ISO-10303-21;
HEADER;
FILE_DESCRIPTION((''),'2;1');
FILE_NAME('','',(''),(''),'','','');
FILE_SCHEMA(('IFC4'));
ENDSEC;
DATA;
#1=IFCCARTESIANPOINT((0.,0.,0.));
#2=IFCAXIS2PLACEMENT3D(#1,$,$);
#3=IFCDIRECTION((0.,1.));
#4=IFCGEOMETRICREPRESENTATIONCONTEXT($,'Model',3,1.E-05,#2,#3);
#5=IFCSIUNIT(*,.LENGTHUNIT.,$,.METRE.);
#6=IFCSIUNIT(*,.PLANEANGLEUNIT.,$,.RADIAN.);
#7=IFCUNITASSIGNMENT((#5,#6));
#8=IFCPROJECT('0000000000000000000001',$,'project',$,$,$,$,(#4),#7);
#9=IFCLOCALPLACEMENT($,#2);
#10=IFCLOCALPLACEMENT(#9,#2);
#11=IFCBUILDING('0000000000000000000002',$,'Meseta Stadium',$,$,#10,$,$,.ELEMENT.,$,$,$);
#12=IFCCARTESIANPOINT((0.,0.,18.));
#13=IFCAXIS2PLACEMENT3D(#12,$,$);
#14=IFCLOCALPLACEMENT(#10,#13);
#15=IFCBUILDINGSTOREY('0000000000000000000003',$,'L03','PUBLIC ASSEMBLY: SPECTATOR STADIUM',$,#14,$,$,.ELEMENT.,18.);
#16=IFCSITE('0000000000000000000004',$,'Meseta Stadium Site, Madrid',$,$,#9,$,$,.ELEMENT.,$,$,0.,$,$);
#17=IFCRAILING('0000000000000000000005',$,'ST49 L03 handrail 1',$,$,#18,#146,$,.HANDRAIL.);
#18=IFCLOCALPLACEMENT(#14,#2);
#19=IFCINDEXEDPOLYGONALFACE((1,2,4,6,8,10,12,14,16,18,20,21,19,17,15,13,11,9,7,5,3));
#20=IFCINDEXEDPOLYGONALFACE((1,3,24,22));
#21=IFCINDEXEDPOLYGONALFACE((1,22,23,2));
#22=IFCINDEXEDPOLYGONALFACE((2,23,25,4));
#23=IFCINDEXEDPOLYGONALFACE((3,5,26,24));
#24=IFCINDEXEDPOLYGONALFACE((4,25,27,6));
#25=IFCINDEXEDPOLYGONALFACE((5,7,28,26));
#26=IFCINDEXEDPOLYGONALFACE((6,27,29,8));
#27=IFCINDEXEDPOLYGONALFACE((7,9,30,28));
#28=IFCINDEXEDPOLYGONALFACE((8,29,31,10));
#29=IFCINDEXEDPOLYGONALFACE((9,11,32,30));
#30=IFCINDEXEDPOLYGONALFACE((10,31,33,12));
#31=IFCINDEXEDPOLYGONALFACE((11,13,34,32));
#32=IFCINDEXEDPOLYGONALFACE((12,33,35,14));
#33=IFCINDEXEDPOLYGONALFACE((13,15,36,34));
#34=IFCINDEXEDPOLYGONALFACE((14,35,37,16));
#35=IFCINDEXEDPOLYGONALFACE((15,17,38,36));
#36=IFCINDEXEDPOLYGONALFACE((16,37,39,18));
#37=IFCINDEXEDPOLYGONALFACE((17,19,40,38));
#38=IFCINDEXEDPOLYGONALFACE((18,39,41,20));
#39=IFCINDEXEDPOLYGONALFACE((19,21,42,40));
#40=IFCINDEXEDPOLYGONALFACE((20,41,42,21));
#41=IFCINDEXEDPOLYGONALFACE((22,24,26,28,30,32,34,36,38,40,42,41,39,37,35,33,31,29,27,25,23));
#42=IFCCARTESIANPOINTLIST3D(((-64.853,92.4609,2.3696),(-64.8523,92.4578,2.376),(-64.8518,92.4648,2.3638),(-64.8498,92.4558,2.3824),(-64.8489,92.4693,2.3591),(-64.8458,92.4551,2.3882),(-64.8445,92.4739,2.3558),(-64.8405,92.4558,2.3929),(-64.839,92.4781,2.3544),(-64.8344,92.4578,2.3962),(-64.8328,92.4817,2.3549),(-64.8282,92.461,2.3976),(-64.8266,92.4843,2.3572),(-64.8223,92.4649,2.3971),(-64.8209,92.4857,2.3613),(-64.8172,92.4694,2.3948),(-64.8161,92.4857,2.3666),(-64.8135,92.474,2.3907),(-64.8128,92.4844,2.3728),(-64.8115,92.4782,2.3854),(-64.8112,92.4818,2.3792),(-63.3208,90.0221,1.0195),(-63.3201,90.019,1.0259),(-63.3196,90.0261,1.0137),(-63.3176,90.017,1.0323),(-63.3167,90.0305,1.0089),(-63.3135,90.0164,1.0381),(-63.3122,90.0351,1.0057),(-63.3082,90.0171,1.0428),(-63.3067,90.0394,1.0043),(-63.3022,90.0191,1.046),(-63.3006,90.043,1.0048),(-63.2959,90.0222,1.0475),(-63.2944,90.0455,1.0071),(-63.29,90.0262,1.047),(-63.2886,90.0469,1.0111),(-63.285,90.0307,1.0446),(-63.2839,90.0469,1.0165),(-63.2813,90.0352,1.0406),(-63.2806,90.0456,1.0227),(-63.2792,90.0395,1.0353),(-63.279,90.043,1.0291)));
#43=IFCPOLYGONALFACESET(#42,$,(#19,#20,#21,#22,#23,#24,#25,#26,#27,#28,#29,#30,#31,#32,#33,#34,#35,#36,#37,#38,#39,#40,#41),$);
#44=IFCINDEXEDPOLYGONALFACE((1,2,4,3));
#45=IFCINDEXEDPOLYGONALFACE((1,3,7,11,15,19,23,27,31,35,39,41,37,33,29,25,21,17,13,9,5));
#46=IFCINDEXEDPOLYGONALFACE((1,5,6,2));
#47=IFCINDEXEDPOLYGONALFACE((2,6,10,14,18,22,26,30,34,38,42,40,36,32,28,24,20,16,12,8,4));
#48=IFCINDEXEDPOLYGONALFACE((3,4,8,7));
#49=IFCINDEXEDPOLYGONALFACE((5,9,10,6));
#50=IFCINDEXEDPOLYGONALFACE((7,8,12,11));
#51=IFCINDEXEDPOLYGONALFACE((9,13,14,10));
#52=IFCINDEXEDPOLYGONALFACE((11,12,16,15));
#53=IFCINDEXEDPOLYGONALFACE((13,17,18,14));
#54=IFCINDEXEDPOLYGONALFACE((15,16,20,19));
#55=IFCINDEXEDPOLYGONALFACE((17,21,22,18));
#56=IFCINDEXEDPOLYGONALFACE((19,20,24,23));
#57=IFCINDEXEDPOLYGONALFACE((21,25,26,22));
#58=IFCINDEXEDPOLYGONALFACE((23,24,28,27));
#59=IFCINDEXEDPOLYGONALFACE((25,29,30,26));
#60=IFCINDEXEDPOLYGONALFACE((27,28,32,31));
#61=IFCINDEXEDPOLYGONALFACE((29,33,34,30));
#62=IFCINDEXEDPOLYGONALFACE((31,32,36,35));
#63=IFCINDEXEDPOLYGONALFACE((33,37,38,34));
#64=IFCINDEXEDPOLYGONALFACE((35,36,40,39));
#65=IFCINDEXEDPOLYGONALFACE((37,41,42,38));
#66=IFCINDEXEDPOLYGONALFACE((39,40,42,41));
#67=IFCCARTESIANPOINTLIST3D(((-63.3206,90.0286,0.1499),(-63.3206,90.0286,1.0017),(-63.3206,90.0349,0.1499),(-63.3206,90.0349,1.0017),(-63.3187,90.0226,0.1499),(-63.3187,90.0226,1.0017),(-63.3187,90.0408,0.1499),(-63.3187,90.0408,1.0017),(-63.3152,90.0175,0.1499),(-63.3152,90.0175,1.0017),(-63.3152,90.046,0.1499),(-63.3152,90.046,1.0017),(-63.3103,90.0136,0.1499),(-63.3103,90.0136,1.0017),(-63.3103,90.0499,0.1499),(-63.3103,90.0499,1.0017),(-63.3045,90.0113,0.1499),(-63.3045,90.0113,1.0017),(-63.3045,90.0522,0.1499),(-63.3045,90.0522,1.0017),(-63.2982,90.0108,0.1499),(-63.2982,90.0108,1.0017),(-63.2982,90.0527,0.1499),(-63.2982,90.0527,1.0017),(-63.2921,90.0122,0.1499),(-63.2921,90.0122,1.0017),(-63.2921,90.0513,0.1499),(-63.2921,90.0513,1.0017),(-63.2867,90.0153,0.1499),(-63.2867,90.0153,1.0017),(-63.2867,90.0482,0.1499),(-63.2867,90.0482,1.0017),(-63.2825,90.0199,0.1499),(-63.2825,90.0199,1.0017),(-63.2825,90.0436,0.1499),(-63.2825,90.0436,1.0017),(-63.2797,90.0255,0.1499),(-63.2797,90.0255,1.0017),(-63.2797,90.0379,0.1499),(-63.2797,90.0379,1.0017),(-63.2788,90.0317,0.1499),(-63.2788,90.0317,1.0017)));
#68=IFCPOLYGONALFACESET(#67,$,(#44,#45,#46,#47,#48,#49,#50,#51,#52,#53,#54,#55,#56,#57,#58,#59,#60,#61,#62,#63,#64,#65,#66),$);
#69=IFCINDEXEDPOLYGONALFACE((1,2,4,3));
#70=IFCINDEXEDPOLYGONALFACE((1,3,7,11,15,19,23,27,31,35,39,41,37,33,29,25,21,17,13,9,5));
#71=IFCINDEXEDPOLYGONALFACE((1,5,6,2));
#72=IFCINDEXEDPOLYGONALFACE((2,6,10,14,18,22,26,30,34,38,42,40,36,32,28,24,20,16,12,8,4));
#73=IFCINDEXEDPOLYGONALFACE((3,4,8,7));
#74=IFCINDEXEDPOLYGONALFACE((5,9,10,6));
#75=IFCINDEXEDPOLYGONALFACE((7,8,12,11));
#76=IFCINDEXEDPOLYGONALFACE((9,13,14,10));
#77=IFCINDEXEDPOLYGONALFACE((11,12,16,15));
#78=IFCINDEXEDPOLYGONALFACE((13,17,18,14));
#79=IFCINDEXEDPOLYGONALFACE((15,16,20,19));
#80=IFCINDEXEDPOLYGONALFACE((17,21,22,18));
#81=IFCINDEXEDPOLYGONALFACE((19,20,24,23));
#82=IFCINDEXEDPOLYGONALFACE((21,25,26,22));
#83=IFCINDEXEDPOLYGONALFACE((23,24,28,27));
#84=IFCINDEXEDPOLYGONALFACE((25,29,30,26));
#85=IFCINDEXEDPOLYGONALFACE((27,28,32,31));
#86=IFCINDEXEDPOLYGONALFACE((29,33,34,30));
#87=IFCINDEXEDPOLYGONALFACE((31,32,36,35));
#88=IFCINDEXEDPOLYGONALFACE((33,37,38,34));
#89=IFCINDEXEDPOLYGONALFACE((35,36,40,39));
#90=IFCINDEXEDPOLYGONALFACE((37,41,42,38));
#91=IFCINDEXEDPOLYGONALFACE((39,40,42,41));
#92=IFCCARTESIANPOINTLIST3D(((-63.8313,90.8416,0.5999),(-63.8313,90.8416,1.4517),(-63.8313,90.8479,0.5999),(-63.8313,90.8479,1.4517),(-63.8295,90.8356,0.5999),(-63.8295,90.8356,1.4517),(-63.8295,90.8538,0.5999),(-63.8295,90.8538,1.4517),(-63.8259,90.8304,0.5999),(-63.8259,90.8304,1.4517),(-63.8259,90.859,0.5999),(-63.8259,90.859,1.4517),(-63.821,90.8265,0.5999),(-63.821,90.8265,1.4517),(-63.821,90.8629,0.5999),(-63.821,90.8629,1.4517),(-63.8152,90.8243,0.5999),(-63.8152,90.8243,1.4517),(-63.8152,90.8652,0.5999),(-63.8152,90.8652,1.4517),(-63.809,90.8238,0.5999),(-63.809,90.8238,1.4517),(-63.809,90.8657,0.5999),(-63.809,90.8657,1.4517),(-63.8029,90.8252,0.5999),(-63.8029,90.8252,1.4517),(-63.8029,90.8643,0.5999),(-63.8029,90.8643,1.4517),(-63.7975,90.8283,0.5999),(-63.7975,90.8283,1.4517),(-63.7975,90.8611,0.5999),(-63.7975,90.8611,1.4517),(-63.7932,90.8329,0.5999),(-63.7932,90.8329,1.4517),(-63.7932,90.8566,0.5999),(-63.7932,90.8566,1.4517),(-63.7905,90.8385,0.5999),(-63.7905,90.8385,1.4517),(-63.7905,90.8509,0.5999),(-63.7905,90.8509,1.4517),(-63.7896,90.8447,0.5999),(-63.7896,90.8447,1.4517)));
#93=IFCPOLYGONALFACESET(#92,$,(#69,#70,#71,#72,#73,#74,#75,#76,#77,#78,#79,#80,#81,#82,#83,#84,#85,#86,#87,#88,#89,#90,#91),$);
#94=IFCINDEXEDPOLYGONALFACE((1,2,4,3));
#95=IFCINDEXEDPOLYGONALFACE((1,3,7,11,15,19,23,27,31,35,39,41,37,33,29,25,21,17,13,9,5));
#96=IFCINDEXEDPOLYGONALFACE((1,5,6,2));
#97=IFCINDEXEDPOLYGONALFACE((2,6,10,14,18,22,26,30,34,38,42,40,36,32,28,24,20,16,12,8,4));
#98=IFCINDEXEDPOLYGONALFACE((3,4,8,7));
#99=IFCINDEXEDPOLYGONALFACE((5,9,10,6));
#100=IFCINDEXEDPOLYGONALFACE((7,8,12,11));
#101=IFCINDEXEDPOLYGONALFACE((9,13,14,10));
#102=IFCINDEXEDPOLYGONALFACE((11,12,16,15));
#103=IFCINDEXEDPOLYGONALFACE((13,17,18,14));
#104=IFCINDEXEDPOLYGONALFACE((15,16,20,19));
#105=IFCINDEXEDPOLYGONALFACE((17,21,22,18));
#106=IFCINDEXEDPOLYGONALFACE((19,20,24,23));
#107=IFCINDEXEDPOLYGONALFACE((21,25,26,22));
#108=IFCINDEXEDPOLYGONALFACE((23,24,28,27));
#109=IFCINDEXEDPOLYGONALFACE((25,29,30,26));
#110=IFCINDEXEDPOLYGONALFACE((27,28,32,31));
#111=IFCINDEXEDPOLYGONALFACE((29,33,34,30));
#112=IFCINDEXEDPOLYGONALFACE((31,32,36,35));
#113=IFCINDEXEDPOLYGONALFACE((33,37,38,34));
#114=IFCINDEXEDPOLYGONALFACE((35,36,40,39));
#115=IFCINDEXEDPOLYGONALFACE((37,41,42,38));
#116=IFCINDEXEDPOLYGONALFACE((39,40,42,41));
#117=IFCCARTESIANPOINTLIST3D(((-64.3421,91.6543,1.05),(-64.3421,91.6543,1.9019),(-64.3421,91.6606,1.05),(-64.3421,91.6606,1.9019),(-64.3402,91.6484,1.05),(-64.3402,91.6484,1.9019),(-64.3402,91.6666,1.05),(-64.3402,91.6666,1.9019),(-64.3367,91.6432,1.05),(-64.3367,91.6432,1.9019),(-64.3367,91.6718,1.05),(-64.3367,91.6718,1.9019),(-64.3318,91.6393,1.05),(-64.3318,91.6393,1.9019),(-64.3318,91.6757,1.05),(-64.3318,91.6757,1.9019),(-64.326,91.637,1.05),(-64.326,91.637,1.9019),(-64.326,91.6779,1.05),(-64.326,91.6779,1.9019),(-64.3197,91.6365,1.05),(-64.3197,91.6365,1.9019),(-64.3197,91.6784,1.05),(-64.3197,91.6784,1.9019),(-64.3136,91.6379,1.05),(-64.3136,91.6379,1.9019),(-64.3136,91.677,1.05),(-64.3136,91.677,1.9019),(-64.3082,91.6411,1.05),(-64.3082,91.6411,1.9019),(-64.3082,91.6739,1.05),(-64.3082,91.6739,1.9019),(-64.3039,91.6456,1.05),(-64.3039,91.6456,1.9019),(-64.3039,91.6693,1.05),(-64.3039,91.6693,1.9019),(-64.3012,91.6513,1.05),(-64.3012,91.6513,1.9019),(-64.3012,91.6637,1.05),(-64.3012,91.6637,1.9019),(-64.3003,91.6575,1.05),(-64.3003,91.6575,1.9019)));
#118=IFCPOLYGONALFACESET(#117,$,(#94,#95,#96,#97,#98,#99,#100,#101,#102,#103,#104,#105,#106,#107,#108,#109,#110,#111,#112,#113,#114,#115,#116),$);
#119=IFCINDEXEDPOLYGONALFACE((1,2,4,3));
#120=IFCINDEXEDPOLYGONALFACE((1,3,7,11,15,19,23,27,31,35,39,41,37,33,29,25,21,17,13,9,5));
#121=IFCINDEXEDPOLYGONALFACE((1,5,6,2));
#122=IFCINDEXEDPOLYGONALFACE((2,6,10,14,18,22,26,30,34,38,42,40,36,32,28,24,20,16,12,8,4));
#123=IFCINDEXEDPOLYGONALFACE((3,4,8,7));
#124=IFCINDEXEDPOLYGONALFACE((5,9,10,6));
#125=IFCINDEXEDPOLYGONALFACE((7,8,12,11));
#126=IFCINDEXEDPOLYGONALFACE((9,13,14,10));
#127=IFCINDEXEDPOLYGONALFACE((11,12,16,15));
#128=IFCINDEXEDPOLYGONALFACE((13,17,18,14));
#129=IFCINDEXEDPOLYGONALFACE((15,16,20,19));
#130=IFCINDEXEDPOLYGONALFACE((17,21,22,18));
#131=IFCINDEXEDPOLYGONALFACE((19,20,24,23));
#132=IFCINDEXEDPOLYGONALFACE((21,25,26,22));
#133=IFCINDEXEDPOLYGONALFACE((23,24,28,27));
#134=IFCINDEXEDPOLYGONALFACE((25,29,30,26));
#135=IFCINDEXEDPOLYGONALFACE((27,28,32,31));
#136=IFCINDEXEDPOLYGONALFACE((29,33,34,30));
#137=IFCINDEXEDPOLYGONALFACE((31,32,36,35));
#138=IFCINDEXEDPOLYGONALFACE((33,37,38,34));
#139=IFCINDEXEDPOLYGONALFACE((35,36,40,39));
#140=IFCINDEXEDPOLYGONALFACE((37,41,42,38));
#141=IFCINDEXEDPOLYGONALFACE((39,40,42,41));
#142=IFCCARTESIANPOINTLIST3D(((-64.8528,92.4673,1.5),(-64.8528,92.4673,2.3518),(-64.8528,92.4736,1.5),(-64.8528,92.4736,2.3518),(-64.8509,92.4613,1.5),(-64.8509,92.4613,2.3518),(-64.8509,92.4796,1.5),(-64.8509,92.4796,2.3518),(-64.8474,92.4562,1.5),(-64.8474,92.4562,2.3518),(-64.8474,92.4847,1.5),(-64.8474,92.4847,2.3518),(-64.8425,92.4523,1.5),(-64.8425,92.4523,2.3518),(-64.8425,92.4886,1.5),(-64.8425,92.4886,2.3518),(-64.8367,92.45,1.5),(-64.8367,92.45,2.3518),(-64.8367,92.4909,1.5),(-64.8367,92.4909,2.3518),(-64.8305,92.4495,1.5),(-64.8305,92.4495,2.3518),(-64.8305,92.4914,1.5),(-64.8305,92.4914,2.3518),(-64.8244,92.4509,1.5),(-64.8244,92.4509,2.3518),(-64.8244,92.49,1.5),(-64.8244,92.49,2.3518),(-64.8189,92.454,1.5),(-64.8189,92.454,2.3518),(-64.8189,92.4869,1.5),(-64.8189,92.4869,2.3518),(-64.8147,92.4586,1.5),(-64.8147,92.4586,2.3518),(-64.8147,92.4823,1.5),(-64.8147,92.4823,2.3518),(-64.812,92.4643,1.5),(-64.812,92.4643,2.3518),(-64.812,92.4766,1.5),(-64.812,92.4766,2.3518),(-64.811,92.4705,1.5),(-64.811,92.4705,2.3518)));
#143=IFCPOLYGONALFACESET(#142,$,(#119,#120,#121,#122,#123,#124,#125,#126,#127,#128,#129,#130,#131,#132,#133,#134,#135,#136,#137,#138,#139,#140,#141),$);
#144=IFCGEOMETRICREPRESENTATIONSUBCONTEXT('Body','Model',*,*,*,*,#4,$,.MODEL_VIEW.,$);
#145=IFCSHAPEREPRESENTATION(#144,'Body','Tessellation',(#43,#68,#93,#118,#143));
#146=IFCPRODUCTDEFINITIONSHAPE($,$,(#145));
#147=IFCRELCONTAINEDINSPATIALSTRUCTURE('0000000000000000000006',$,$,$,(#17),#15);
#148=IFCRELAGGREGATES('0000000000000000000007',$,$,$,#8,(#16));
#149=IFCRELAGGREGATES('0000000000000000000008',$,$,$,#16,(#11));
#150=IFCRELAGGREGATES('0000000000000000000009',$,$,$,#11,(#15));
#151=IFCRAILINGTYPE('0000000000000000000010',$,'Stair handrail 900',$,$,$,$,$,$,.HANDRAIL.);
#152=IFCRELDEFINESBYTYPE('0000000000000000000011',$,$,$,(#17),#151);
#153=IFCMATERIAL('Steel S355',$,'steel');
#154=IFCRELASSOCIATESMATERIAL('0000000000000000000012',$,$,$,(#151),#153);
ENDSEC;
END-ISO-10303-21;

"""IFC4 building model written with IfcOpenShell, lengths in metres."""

from ifc_helpers import new_model, si_unit, direction, frame, origin, origin_2d, place, context, subcontext, project, spatial, circle, extrude, material, type_object, element, save


model = new_model("IFC4")

# Units and contexts
model_context = context("Model", 3, precision=1e-05, world=origin(), true_north=direction((0.0, 1.0)))
body_context = subcontext(model_context, "Body", "Model", "MODEL_VIEW")
ifc_project = project(units=[si_unit("LENGTHUNIT", "METRE"), si_unit("PLANEANGLEUNIT", "RADIAN")], contexts=[model_context])

# Site, building, storey
site_placement = place(None, origin())
site = spatial("IfcSite", under=ifc_project, at=site_placement, Name="Meseta Stadium Site, Madrid", CompositionType="ELEMENT", RefElevation=0.0)
building_placement = place(site_placement, origin())
building = spatial("IfcBuilding", under=site, at=building_placement, Name="Meseta Stadium", CompositionType="ELEMENT")
storey_placement = place(building_placement, frame((0.0, 0.0, 18.0)))
storey = spatial("IfcBuildingStorey", under=building, at=storey_placement, Name="L03", Description="PUBLIC ASSEMBLY: SPECTATOR STADIUM", CompositionType="ELEMENT", Elevation=18.0)

# Railing
ifc_material_1 = material(Name="Steel S355", Category="steel")
railing_type_1 = type_object("IfcRailingType", Name="Stair handrail 900", PredefinedType="HANDRAIL", material=ifc_material_1)
for number, where, name in (
    (1, (-63.2998, 90.0317, 0.1499), "ST49 L03 handrail 1"),
):
    element("IfcRailing", number, at=place(storey_placement, frame(where)), inside=storey, type_object=railing_type_1, Name=name, PredefinedType="HANDRAIL", context=body_context, shape_type="SweptSolid", body=[
        extrude(circle(Radius=0.0239, at=origin_2d()), frame((0.0, 0.0, 0.876), z_axis=(-0.481703, 0.766687, 0.424445), x_axis=(-0.846743, -0.532001, 0.0)), (0.0, 0.0, 1.0), 3.1809),
        extrude(circle(Radius=0.021, at=origin_2d()), origin(), (0.0, 0.0, 1.0), 0.8518),
        extrude(circle(Radius=0.021, at=origin_2d()), frame((-0.5107, 0.813, 0.45)), (0.0, 0.0, 1.0), 0.8518),
        extrude(circle(Radius=0.021, at=origin_2d()), frame((-1.0215, 1.6257, 0.9001)), (0.0, 0.0, 1.0), 0.8518),
        extrude(circle(Radius=0.021, at=origin_2d()), frame((-1.5322, 2.4387, 1.3501)), (0.0, 0.0, 1.0), 0.8518),
    ])

save(model, "model.ifc")
